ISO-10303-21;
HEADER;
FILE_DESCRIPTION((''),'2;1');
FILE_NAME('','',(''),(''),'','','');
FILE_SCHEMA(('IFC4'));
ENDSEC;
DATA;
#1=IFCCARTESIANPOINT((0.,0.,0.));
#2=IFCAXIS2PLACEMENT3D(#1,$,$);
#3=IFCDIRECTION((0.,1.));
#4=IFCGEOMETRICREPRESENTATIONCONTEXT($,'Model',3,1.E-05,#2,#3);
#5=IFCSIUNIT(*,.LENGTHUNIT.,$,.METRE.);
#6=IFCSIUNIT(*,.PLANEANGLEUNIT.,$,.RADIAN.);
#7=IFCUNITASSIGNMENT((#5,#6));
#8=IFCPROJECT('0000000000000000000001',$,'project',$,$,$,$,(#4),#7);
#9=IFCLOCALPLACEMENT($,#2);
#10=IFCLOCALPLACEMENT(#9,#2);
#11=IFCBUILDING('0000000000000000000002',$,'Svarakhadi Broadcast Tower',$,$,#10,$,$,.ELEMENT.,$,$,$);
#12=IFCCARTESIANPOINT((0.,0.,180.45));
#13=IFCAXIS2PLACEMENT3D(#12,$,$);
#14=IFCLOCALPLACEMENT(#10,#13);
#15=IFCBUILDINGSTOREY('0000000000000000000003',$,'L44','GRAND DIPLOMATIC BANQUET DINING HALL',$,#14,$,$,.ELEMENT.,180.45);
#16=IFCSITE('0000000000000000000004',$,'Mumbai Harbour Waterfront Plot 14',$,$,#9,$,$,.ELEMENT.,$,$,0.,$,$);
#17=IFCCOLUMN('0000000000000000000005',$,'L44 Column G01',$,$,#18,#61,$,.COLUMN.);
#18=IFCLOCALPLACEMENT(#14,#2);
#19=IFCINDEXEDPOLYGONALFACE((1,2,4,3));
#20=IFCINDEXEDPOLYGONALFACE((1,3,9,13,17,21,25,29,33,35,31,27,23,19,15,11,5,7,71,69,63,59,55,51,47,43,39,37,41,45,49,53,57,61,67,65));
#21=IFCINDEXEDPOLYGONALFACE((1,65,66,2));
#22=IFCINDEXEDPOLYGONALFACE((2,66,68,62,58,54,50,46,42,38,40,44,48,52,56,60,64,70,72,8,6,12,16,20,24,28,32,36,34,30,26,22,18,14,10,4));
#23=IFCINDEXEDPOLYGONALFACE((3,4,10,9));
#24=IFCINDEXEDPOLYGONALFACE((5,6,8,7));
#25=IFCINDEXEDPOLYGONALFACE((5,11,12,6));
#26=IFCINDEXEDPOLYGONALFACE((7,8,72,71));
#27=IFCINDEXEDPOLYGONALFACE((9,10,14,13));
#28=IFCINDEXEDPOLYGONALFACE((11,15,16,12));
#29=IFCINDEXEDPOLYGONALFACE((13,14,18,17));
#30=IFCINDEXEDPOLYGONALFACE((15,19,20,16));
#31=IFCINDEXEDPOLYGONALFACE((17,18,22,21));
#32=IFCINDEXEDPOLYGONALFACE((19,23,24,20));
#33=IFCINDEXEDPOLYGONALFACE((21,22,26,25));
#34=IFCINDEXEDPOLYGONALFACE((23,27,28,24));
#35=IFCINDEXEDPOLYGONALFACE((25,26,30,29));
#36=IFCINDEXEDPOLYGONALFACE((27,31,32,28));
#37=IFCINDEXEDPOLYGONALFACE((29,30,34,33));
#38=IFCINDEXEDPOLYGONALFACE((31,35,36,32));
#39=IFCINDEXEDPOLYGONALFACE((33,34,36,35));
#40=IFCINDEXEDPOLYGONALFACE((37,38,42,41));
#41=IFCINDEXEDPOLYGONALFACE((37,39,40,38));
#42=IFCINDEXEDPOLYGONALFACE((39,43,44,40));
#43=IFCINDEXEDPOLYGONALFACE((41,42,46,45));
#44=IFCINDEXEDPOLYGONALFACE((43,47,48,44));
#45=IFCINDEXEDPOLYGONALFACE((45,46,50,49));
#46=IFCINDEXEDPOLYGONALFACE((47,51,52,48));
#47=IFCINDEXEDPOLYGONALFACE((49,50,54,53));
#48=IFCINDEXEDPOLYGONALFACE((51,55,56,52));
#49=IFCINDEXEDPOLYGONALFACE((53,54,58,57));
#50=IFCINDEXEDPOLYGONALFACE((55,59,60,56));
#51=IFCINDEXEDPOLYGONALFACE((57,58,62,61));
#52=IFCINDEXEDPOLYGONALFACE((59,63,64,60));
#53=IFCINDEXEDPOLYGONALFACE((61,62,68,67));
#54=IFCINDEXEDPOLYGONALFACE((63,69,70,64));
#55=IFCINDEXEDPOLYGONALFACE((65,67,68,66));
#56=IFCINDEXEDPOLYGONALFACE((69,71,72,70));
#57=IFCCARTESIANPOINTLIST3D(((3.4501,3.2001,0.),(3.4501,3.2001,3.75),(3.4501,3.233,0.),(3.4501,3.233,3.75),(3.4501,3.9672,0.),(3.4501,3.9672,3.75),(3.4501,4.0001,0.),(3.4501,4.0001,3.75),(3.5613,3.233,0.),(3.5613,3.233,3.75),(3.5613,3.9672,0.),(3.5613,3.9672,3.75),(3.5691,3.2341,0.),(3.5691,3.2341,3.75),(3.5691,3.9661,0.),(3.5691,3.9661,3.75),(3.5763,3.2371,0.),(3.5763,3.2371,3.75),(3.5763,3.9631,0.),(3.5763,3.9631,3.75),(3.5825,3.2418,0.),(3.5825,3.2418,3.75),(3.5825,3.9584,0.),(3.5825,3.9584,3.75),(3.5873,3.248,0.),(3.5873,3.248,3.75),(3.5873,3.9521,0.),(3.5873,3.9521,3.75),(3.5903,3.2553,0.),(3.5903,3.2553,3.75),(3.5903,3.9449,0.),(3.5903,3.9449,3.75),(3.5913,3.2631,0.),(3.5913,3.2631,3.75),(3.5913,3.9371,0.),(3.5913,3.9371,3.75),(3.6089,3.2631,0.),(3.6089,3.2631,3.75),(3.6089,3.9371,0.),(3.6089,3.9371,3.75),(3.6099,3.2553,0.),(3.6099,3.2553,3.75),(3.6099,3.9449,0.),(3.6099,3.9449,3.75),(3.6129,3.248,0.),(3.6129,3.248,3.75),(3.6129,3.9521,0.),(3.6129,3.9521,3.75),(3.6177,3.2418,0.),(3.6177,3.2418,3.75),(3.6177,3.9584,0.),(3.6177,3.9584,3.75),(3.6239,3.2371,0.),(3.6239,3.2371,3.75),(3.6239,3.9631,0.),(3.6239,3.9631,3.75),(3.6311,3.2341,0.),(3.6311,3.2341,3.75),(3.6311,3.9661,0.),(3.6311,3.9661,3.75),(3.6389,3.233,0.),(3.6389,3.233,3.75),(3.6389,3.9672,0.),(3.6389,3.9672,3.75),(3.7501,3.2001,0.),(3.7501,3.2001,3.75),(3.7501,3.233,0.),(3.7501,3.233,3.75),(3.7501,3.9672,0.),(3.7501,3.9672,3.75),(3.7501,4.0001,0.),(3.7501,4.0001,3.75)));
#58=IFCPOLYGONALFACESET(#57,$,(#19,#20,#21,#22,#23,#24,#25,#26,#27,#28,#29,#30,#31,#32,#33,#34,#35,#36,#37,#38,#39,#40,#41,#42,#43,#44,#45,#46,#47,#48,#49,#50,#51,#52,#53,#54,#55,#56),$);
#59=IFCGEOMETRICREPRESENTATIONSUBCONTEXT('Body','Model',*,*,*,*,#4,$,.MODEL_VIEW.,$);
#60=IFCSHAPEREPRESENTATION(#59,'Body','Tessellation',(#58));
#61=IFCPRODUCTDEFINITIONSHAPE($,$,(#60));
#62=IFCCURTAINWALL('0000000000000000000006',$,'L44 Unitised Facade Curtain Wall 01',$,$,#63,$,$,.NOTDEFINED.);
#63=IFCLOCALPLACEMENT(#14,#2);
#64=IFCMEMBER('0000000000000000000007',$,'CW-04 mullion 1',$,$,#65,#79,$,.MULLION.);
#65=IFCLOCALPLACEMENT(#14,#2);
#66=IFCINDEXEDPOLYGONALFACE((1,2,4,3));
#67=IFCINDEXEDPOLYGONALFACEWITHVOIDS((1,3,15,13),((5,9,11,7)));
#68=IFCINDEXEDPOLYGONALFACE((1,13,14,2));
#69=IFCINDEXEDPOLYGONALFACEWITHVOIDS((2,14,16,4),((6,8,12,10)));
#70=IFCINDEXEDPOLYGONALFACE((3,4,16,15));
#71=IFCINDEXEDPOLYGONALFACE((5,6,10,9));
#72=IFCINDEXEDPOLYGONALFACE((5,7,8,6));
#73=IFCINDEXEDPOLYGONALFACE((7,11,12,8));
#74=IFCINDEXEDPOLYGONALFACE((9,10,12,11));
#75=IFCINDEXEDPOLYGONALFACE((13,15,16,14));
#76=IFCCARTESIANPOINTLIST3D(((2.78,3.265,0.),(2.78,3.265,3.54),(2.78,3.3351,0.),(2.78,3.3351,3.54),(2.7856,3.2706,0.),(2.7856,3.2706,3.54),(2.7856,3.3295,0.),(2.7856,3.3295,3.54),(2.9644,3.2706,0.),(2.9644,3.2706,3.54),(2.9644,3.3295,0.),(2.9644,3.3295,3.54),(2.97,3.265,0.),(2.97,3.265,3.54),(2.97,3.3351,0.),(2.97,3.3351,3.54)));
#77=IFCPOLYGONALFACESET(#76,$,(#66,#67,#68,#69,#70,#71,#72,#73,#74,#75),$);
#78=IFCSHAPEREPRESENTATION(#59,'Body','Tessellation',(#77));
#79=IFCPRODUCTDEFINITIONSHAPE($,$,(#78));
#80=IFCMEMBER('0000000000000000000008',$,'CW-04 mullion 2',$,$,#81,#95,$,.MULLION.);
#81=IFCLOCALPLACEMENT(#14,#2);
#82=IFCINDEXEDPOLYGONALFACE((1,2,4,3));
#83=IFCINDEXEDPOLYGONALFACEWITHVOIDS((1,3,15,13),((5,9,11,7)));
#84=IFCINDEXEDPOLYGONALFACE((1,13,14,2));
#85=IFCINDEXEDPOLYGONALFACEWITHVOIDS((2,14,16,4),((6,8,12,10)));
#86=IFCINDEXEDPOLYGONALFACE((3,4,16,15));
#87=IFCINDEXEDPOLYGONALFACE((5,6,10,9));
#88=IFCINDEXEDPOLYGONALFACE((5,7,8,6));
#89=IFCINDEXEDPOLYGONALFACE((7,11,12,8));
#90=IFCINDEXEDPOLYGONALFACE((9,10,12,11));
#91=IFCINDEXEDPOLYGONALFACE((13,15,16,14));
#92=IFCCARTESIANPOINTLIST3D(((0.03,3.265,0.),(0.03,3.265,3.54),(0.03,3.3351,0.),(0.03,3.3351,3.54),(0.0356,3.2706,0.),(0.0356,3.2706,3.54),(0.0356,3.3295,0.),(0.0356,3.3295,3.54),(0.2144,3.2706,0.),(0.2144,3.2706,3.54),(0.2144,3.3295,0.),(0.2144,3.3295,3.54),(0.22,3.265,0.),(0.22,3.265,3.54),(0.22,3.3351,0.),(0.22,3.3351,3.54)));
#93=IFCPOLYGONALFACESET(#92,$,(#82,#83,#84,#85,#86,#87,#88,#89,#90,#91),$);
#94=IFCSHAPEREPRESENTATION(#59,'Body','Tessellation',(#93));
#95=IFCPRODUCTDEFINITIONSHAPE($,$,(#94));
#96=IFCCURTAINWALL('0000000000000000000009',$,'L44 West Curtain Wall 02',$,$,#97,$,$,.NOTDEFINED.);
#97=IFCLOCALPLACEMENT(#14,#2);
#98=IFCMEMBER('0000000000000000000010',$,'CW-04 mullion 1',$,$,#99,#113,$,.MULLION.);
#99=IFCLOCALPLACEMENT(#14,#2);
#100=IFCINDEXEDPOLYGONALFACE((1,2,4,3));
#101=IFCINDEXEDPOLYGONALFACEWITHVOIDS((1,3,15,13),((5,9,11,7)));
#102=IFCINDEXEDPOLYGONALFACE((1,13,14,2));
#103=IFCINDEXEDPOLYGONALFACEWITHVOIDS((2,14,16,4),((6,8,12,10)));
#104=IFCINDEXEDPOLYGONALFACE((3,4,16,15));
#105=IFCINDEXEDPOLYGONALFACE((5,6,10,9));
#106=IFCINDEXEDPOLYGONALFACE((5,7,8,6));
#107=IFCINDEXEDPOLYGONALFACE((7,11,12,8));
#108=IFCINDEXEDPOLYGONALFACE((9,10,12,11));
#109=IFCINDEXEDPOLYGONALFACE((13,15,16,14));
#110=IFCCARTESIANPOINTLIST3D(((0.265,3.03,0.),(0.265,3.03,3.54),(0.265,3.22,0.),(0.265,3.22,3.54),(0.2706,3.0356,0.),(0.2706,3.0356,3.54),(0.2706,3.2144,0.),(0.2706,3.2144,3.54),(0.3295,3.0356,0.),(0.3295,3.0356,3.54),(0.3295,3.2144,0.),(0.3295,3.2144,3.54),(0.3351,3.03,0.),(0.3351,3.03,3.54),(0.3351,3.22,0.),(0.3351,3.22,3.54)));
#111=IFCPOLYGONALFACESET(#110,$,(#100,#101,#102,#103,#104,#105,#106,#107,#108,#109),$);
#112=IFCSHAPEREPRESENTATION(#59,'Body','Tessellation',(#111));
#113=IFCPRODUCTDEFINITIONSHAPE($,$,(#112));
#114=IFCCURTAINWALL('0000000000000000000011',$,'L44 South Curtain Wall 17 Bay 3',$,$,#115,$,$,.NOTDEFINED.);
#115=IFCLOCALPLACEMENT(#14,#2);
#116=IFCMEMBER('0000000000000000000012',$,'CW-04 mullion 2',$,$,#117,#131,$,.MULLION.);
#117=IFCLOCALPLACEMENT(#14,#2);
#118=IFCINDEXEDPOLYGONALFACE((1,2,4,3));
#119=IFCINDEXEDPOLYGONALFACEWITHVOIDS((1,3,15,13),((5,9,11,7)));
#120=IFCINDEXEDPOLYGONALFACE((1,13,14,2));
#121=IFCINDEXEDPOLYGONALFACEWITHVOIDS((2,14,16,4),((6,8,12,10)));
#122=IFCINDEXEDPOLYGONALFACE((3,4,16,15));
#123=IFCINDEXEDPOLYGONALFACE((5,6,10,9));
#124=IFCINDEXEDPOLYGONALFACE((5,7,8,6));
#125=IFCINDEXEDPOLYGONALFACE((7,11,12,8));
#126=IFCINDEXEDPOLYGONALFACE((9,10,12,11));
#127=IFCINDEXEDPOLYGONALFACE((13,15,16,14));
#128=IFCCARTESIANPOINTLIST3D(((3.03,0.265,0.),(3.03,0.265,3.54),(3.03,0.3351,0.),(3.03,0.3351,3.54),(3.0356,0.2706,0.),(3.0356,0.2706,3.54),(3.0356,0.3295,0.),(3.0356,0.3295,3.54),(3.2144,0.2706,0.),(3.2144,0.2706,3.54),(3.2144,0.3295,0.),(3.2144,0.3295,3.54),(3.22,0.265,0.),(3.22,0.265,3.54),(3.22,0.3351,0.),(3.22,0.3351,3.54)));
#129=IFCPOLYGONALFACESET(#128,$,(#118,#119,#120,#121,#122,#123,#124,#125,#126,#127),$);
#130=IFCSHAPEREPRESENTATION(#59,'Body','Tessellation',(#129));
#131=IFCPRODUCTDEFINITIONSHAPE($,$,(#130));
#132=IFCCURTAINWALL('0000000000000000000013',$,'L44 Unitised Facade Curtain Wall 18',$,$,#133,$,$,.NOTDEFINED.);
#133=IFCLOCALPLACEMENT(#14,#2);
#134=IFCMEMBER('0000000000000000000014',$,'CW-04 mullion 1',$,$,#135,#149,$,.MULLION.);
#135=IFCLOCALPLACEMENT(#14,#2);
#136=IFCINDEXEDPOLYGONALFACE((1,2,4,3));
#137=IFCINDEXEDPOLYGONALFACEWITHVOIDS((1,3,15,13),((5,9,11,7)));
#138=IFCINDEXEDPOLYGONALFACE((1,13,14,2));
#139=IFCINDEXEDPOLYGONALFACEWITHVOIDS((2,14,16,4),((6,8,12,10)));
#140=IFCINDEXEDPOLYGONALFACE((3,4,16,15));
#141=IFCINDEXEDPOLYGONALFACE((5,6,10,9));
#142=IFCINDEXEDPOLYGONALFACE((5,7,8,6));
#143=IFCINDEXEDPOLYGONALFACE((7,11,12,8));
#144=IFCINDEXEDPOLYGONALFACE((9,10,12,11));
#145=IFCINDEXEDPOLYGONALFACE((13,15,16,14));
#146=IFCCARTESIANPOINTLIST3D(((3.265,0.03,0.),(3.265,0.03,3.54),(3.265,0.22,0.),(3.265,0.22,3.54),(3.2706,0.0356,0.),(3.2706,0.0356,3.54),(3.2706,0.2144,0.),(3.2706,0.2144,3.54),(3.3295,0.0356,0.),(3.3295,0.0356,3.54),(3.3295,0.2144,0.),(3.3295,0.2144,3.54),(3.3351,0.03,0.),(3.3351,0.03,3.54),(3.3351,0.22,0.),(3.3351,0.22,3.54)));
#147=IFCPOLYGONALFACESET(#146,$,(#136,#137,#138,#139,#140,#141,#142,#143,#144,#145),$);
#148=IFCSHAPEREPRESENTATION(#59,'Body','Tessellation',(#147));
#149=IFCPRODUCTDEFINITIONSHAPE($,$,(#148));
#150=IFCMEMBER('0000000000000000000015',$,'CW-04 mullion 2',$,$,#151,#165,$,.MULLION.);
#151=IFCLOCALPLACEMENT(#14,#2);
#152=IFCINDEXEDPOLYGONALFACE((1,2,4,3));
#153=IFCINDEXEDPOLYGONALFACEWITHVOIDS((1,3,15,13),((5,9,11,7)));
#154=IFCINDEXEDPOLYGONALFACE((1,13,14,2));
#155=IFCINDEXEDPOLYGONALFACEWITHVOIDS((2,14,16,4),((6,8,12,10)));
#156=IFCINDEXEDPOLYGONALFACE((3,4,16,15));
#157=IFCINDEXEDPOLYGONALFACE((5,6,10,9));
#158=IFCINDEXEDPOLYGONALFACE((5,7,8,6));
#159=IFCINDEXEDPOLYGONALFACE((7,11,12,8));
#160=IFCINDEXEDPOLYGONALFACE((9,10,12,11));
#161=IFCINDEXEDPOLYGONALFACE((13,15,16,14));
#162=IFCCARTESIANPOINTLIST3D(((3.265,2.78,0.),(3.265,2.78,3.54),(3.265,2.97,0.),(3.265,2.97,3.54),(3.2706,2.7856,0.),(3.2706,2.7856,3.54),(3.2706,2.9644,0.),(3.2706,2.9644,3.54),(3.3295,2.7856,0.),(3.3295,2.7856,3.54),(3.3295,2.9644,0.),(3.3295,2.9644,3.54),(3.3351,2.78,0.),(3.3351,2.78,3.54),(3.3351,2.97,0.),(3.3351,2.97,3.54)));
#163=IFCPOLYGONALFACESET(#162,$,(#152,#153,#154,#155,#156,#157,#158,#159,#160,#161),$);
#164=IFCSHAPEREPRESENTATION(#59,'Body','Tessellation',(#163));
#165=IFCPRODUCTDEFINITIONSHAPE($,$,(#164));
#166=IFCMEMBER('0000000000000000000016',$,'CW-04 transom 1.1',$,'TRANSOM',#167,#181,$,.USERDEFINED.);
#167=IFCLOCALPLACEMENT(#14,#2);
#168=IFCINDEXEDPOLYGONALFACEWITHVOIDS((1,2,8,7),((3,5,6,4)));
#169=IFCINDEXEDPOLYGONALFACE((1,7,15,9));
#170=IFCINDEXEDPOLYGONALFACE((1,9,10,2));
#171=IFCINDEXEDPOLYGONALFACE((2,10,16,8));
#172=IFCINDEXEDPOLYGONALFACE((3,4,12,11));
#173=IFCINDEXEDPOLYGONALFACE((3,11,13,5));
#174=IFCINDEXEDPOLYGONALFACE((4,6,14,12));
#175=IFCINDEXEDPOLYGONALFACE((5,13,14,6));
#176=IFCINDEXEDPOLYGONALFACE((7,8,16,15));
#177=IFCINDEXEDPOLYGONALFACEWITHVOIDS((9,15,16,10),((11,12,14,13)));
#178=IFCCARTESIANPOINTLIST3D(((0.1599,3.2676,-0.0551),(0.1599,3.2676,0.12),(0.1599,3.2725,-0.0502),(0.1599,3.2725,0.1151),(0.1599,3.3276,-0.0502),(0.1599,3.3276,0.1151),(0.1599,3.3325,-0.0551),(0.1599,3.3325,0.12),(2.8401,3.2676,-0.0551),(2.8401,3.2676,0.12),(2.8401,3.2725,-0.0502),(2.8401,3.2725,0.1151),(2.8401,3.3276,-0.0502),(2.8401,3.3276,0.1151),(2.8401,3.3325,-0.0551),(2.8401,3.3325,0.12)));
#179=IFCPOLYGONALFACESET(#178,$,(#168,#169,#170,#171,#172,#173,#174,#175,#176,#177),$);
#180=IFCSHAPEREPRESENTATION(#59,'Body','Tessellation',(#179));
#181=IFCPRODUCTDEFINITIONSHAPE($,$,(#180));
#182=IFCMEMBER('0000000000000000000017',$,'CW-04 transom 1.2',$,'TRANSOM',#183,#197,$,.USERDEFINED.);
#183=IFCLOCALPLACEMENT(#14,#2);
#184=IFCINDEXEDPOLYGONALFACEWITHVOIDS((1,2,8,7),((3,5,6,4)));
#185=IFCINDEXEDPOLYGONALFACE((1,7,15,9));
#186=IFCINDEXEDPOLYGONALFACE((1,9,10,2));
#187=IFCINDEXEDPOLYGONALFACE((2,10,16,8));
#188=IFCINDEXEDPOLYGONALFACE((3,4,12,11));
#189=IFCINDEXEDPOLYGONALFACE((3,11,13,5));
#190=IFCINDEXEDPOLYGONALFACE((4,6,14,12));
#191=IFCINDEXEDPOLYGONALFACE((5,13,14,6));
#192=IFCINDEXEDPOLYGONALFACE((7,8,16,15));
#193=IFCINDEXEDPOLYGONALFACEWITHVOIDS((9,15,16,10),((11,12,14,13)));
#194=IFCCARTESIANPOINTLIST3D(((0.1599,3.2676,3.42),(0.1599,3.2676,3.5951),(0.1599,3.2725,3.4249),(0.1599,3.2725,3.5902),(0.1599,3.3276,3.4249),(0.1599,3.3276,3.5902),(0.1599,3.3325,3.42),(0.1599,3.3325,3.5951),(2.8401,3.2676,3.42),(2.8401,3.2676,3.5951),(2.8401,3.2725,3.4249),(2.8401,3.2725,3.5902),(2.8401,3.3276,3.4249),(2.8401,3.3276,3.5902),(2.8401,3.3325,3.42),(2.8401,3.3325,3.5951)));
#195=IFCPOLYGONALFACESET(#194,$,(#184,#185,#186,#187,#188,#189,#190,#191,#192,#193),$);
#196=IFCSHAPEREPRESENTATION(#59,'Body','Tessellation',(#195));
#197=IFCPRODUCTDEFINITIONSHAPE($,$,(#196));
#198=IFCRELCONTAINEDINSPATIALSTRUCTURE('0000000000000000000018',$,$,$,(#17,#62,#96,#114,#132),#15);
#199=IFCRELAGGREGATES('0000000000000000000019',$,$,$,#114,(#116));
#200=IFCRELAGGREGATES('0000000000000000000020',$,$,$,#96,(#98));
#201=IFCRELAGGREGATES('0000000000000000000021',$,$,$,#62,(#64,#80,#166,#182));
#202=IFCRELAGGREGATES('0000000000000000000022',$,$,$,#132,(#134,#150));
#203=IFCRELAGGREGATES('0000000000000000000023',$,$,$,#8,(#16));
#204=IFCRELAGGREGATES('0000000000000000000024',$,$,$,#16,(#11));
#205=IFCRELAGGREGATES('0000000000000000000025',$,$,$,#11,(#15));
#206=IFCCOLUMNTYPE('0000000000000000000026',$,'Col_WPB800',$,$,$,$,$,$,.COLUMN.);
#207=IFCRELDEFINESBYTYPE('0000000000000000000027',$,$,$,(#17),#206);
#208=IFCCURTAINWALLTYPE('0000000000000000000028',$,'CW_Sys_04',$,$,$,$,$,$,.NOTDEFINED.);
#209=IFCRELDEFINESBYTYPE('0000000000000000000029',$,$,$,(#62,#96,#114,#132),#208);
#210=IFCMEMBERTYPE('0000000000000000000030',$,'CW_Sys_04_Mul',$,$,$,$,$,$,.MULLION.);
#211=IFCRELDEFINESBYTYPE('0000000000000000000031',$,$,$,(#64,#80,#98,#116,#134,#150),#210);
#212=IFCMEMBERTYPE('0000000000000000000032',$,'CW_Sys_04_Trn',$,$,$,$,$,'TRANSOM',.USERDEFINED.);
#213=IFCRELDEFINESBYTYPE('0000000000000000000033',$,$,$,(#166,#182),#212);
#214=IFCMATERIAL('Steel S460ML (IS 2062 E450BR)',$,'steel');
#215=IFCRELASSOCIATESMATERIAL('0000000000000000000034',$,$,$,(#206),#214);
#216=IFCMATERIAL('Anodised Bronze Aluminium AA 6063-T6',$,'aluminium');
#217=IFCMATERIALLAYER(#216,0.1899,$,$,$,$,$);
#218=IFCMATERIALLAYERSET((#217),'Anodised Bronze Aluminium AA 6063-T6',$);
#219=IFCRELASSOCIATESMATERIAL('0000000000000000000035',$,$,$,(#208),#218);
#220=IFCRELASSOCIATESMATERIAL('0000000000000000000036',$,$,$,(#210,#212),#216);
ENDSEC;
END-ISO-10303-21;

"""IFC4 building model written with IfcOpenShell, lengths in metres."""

from ifc_helpers import new_model, si_unit, direction, frame, origin, origin_2d, place, context, subcontext, project, spatial, hollow_rectangle, i_section, extrude, material, layer, layer_set, material_profile, profile_set, type_object, element, aggregate, save


model = new_model("IFC4")

# Units and contexts
model_context = context("Model", 3, precision=1e-05, world=origin(), true_north=direction((0.0, 1.0)))
body_context = subcontext(model_context, "Body", "Model", "MODEL_VIEW")
ifc_project = project(units=[si_unit("LENGTHUNIT", "METRE"), si_unit("PLANEANGLEUNIT", "RADIAN")], contexts=[model_context])

# Site, building, storey
site_placement = place(None, origin())
site = spatial("IfcSite", under=ifc_project, at=site_placement, Name="Mumbai Harbour Waterfront Plot 14", CompositionType="ELEMENT", RefElevation=0.0)
building_placement = place(site_placement, origin())
building = spatial("IfcBuilding", under=site, at=building_placement, Name="Svarakhadi Broadcast Tower", CompositionType="ELEMENT")
storey_placement = place(building_placement, frame((0.0, 0.0, 180.45)))
storey = spatial("IfcBuildingStorey", under=building, at=storey_placement, Name="L44", Description="GRAND DIPLOMATIC BANQUET DINING HALL", CompositionType="ELEMENT", Elevation=180.45)

# Column
ifc_material_1 = material(Name="Steel S460ML (IS 2062 E450BR)", Category="steel")
ifc_material_profile_1 = material_profile(ifc_material_1, i_section(OverallWidth=0.3, OverallDepth=0.8, WebThickness=0.0176, FlangeThickness=0.033, FilletRadius=0.03, at=origin_2d()), Name="WPB 800x300x262")
ifc_profile_set_1 = profile_set([ifc_material_profile_1], Name="Steel S460ML (IS 2062 E450BR)")
column_type = type_object("IfcColumnType", Name="Col_WPB800", PredefinedType="COLUMN", material=ifc_profile_set_1)
column_placement = place(storey_placement, frame((3.6001, 3.6001, 0.0), z_axis=(0.0, 0.0, 1.0), x_axis=(1.0, 0.0, 0.0)))
element("IfcColumn", 1, at=column_placement, inside=storey, type_object=column_type, Name="L44 Column G01", PredefinedType="COLUMN", context=body_context, shape_type="SweptSolid", body=[
    extrude(i_section(OverallWidth=0.3, OverallDepth=0.8, WebThickness=0.0176, FlangeThickness=0.033, FilletRadius=0.03, at=origin_2d()), origin(), (0.0, 0.0, 1.0), 3.75),
])

# Curtain wall, members
ifc_material_2 = material(Name="Anodised Bronze Aluminium AA 6063-T6", Category="aluminium")
ifc_layer_1 = layer(ifc_material_2, 0.1899)
ifc_layer_set_1 = layer_set([ifc_layer_1], Name="Anodised Bronze Aluminium AA 6063-T6")
curtain_wall_type = type_object("IfcCurtainWallType", Name="CW_Sys_04", PredefinedType="NOTDEFINED", material=ifc_layer_set_1)
curtain_wall_1_placement = place(storey_placement, origin())
curtain_wall_1 = element("IfcCurtainWall", 2, at=curtain_wall_1_placement, inside=storey, type_object=curtain_wall_type, Name="L44 Unitised Facade Curtain Wall 01", PredefinedType="NOTDEFINED")
ifc_material_profile_2 = material_profile(ifc_material_2, hollow_rectangle(XDim=0.0701, YDim=0.1899, WallThickness=0.0056, at=origin_2d()), Name="ALU MULLION 190x70x6")
ifc_profile_set_2 = profile_set([ifc_material_profile_2], Name="Anodised Bronze Aluminium AA 6063-T6")
member_type_1 = type_object("IfcMemberType", Name="CW_Sys_04_Mul", PredefinedType="MULLION", material=ifc_profile_set_2)
member_1_placement = place(storey_placement, frame((2.875, 3.3, 0.0), z_axis=(0.0, 0.0, 1.0), x_axis=(0.0, -1.0, 0.0)))
member_1 = element("IfcMember", 3, at=member_1_placement, type_object=member_type_1, Name="CW-04 mullion 1", PredefinedType="MULLION", context=body_context, shape_type="SweptSolid", body=[
    extrude(hollow_rectangle(XDim=0.0701, YDim=0.1899, WallThickness=0.0056, at=origin_2d()), origin(), (0.0, 0.0, 1.0), 3.54),
])
member_2_placement = place(storey_placement, frame((0.125, 3.3, 0.0), z_axis=(0.0, 0.0, 1.0), x_axis=(0.0, -1.0, 0.0)))
member_2 = element("IfcMember", 4, at=member_2_placement, type_object=member_type_1, Name="CW-04 mullion 2", PredefinedType="MULLION", context=body_context, shape_type="SweptSolid", body=[
    extrude(hollow_rectangle(XDim=0.0701, YDim=0.1899, WallThickness=0.0056, at=origin_2d()), origin(), (0.0, 0.0, 1.0), 3.54),
])

# Curtain walls, members
curtain_wall_2_placement = place(storey_placement, origin())
curtain_wall_2 = element("IfcCurtainWall", 5, at=curtain_wall_2_placement, inside=storey, type_object=curtain_wall_type, Name="L44 West Curtain Wall 02", PredefinedType="NOTDEFINED")
member_3_placement = place(storey_placement, frame((0.3, 3.125, 0.0), z_axis=(0.0, 0.0, 1.0), x_axis=(-1.0, 0.0, 0.0)))
member_3 = element("IfcMember", 6, at=member_3_placement, type_object=member_type_1, Name="CW-04 mullion 1", PredefinedType="MULLION", context=body_context, shape_type="SweptSolid", body=[
    extrude(hollow_rectangle(XDim=0.0701, YDim=0.1899, WallThickness=0.0056, at=origin_2d()), origin(), (0.0, 0.0, 1.0), 3.54),
])
curtain_wall_3_placement = place(storey_placement, origin())
curtain_wall_3 = element("IfcCurtainWall", 7, at=curtain_wall_3_placement, inside=storey, type_object=curtain_wall_type, Name="L44 South Curtain Wall 17 Bay 3", PredefinedType="NOTDEFINED")
member_4_placement = place(storey_placement, frame((3.125, 0.3, 0.0), z_axis=(0.0, 0.0, 1.0), x_axis=(0.0, -1.0, 0.0)))
member_4 = element("IfcMember", 8, at=member_4_placement, type_object=member_type_1, Name="CW-04 mullion 2", PredefinedType="MULLION", context=body_context, shape_type="SweptSolid", body=[
    extrude(hollow_rectangle(XDim=0.0701, YDim=0.1899, WallThickness=0.0056, at=origin_2d()), origin(), (0.0, 0.0, 1.0), 3.54),
])
aggregate(curtain_wall_3, [member_4])

# Curtain wall, members
curtain_wall_4_placement = place(storey_placement, origin())
curtain_wall_4 = element("IfcCurtainWall", 9, at=curtain_wall_4_placement, inside=storey, type_object=curtain_wall_type, Name="L44 Unitised Facade Curtain Wall 18", PredefinedType="NOTDEFINED")
member_5_placement = place(storey_placement, frame((3.3, 0.125, 0.0), z_axis=(0.0, 0.0, 1.0), x_axis=(-1.0, 0.0, 0.0)))
member_5 = element("IfcMember", 10, at=member_5_placement, type_object=member_type_1, Name="CW-04 mullion 1", PredefinedType="MULLION", context=body_context, shape_type="SweptSolid", body=[
    extrude(hollow_rectangle(XDim=0.0701, YDim=0.1899, WallThickness=0.0056, at=origin_2d()), origin(), (0.0, 0.0, 1.0), 3.54),
])
member_6_placement = place(storey_placement, frame((3.3, 2.875, 0.0), z_axis=(0.0, 0.0, 1.0), x_axis=(-1.0, 0.0, 0.0)))
member_6 = element("IfcMember", 11, at=member_6_placement, type_object=member_type_1, Name="CW-04 mullion 2", PredefinedType="MULLION", context=body_context, shape_type="SweptSolid", body=[
    extrude(hollow_rectangle(XDim=0.0701, YDim=0.1899, WallThickness=0.0056, at=origin_2d()), origin(), (0.0, 0.0, 1.0), 3.54),
])

# Members
ifc_material_profile_3 = material_profile(ifc_material_2, hollow_rectangle(XDim=0.0649, YDim=0.175, WallThickness=0.0049, at=origin_2d()), Name="ALU TRANSOM 175x65x5")
ifc_profile_set_3 = profile_set([ifc_material_profile_3], Name="Anodised Bronze Aluminium AA 6063-T6")
member_type_2 = type_object("IfcMemberType", Name="CW_Sys_04_Trn", ElementType="TRANSOM", PredefinedType="USERDEFINED", material=ifc_profile_set_3)
member_7_placement = place(storey_placement, frame((2.8401, 3.3, 0.0325), z_axis=(-1.0, 0.0, 0.0), x_axis=(0.0, -1.0, 0.0)))
member_7 = element("IfcMember", 12, at=member_7_placement, type_object=member_type_2, Name="CW-04 transom 1.1", ObjectType="TRANSOM", PredefinedType="USERDEFINED", context=body_context, shape_type="SweptSolid", body=[
    extrude(hollow_rectangle(XDim=0.0649, YDim=0.175, WallThickness=0.0049, at=origin_2d()), origin(), (0.0, 0.0, 1.0), 2.6802),
])
member_8_placement = place(storey_placement, frame((2.8401, 3.3, 3.5076), z_axis=(-1.0, 0.0, 0.0), x_axis=(0.0, -1.0, 0.0)))
member_8 = element("IfcMember", 13, at=member_8_placement, type_object=member_type_2, Name="CW-04 transom 1.2", ObjectType="TRANSOM", PredefinedType="USERDEFINED", context=body_context, shape_type="SweptSolid", body=[
    extrude(hollow_rectangle(XDim=0.0649, YDim=0.175, WallThickness=0.0049, at=origin_2d()), origin(), (0.0, 0.0, 1.0), 2.6802),
])
aggregate(curtain_wall_2, [member_3])

aggregate(curtain_wall_1, [member_1, member_2, member_7, member_8])
aggregate(curtain_wall_4, [member_5, member_6])

save(model, "model.ifc")
